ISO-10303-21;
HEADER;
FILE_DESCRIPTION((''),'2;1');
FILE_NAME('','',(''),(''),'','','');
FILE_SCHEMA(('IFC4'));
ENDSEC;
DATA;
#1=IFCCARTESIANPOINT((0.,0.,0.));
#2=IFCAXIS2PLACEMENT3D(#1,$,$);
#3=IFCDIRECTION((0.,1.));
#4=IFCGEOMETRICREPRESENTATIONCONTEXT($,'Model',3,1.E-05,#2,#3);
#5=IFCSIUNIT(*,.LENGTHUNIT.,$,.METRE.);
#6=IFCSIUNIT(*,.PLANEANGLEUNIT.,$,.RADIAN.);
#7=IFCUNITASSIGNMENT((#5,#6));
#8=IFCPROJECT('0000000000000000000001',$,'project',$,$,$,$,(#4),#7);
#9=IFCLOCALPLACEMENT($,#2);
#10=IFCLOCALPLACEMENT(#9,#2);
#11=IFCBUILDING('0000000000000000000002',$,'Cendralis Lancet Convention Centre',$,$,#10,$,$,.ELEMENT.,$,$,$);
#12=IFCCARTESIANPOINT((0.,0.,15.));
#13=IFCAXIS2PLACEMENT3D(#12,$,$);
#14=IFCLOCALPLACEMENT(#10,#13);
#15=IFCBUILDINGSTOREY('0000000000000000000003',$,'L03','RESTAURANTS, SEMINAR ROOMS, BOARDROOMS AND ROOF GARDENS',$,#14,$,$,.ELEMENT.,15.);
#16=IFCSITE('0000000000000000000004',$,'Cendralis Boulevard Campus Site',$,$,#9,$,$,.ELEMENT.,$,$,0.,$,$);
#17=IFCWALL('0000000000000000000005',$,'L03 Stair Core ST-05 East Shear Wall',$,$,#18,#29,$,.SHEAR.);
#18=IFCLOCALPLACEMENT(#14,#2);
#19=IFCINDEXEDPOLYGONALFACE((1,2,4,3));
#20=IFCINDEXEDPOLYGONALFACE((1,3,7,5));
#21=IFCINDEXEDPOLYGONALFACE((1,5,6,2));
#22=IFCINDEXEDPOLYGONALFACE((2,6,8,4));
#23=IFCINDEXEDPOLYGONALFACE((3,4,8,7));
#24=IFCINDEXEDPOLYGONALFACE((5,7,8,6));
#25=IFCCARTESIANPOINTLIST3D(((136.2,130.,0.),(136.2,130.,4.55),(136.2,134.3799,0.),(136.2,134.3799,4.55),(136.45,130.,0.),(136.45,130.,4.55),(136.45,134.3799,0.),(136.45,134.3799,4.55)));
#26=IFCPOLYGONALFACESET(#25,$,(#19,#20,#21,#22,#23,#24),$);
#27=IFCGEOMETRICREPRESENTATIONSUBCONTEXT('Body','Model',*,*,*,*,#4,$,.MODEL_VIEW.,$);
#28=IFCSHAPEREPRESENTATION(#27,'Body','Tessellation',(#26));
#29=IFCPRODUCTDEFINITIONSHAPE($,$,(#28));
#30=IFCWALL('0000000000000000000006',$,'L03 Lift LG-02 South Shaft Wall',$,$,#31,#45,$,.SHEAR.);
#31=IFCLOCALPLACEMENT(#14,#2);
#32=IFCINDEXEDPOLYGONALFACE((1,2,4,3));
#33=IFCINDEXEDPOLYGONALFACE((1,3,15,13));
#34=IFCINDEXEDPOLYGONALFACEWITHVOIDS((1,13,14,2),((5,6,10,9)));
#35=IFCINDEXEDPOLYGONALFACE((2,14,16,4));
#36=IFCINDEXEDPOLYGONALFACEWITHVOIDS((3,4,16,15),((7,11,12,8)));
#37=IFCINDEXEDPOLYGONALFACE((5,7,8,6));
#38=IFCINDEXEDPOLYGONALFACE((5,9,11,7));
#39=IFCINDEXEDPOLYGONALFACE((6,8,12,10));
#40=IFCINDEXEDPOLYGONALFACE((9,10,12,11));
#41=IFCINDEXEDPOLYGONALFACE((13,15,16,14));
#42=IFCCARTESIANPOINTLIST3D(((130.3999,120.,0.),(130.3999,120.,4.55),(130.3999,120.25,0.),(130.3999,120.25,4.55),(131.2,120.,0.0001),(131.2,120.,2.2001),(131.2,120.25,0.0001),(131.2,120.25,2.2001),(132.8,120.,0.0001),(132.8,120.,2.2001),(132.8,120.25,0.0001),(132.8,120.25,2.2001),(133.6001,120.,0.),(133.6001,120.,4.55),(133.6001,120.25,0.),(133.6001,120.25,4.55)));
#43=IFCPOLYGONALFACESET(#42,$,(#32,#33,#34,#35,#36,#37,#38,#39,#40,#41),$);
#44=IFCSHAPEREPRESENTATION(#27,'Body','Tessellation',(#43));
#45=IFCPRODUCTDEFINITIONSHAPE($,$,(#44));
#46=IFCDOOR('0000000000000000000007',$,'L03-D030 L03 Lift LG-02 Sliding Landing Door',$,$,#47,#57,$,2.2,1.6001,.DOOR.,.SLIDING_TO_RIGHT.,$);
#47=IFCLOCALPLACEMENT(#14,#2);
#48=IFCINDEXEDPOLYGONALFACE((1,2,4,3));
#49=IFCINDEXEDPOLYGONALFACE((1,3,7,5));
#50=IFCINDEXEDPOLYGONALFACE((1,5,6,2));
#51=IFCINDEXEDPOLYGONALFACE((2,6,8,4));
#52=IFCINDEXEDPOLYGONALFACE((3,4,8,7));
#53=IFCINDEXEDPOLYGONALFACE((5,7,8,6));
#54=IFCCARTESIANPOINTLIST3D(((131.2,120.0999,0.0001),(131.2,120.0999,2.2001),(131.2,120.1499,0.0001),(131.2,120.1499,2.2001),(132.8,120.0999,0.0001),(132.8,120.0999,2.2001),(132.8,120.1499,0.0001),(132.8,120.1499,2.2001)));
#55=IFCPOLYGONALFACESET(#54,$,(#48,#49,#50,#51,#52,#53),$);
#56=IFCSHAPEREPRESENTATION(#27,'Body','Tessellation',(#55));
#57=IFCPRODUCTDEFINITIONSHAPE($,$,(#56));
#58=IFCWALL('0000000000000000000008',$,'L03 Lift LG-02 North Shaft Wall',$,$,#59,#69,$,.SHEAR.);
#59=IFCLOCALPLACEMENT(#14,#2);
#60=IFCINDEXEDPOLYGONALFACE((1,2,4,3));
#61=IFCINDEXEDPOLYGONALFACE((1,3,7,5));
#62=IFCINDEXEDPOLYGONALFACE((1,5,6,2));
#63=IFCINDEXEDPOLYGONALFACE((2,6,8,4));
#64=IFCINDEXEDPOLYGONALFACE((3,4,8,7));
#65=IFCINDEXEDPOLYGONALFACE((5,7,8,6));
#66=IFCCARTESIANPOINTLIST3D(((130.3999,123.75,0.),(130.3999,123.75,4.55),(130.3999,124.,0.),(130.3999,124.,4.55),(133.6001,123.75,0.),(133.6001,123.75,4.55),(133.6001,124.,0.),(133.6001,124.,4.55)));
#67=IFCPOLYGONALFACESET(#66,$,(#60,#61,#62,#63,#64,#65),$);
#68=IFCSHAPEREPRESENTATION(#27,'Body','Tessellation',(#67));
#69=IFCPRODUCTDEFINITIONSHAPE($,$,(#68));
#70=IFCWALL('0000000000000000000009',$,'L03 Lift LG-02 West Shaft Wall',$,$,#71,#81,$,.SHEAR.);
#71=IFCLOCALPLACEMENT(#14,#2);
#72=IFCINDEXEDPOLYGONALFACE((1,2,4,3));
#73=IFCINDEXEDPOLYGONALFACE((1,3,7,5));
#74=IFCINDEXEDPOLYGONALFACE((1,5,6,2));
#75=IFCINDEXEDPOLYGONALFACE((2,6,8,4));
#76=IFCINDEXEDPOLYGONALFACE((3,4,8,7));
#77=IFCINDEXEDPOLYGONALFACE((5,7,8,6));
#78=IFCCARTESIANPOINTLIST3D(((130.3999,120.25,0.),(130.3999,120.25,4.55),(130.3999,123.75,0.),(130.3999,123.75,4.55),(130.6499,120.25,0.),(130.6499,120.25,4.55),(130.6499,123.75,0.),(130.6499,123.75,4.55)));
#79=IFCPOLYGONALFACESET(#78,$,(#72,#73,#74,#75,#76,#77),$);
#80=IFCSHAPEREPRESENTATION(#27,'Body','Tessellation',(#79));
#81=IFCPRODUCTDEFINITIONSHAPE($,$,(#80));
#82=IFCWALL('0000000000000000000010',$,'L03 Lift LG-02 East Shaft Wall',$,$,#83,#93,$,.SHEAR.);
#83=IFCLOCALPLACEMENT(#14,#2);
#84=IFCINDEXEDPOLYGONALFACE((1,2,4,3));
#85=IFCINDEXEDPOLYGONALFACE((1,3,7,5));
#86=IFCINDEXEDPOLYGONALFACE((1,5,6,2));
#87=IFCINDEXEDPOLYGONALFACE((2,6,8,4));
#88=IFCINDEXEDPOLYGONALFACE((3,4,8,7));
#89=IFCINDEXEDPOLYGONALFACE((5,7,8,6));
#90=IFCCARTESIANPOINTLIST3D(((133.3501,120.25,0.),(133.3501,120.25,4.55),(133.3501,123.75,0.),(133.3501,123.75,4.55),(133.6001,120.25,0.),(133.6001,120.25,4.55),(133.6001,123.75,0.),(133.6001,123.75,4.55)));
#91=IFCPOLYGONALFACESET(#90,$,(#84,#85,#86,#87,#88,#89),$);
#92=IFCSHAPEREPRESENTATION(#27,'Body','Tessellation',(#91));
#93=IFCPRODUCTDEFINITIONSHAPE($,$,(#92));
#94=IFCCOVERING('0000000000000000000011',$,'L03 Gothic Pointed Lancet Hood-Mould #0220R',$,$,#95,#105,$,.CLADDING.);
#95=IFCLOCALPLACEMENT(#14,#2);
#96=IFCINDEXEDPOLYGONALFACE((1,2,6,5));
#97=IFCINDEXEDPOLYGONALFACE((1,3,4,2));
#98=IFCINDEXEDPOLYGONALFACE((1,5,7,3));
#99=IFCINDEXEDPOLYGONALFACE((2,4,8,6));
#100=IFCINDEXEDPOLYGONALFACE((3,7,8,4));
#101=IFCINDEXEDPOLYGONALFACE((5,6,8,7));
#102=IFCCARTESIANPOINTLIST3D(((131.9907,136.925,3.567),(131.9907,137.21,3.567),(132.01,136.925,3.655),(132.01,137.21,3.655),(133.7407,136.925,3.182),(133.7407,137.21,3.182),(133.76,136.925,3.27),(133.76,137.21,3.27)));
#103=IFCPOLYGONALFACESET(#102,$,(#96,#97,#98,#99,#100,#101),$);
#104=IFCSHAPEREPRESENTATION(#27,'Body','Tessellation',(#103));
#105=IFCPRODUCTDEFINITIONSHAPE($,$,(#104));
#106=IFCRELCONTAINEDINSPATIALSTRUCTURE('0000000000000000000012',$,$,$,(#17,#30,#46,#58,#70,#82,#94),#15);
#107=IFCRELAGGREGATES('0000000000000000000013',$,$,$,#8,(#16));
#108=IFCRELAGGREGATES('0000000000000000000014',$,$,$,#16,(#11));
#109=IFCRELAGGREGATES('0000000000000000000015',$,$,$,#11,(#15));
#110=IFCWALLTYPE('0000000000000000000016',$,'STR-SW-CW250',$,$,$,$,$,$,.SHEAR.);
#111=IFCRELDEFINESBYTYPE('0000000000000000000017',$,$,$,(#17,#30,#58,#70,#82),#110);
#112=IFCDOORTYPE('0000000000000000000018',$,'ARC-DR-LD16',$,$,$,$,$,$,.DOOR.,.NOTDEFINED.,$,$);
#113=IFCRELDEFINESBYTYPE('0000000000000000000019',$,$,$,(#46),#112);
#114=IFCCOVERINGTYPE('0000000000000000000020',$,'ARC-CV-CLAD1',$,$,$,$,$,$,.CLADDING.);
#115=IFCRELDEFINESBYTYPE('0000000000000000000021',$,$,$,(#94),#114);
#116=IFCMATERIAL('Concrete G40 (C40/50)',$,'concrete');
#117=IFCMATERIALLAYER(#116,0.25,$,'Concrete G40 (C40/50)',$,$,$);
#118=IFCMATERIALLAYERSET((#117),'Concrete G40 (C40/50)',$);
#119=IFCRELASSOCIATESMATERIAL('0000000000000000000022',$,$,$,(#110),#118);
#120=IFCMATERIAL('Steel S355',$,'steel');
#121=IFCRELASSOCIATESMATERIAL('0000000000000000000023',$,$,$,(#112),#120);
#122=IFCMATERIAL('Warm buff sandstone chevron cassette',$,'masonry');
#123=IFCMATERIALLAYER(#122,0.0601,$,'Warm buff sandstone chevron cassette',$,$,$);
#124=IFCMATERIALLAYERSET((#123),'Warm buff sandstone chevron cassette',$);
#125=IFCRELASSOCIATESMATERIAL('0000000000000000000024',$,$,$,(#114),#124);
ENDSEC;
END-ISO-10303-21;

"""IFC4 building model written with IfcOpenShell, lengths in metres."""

from ifc_helpers import new_model, si_unit, direction, frame, frame_2d, origin, place, context, subcontext, project, spatial, polyline, rectangle, outline, extrude, material, layer, layer_set, type_object, element, fill, save


model = new_model("IFC4")

# Units and contexts
model_context = context("Model", 3, precision=1e-05, world=origin(), true_north=direction((0.0, 1.0)))
body_context = subcontext(model_context, "Body", "Model", "MODEL_VIEW")
ifc_project = project(units=[si_unit("LENGTHUNIT", "METRE"), si_unit("PLANEANGLEUNIT", "RADIAN")], contexts=[model_context])

# Site, building, storey
site_placement = place(None, origin())
site = spatial("IfcSite", under=ifc_project, at=site_placement, Name="Cendralis Boulevard Campus Site", CompositionType="ELEMENT", RefElevation=0.0)
building_placement = place(site_placement, origin())
building = spatial("IfcBuilding", under=site, at=building_placement, Name="Cendralis Lancet Convention Centre", CompositionType="ELEMENT")
storey_placement = place(building_placement, frame((0.0, 0.0, 15.0)))
storey = spatial("IfcBuildingStorey", under=building, at=storey_placement, Name="L03", Description="RESTAURANTS, SEMINAR ROOMS, BOARDROOMS AND ROOF GARDENS", CompositionType="ELEMENT", Elevation=15.0)

# Shared definitions
ifc_material_1 = material(Name="Steel S355", Category="steel")

# Shared definitions
ifc_material_2 = material(Name="Concrete G40 (C40/50)", Category="concrete")

# Wall
ifc_layer_1 = layer(ifc_material_2, 0.25, Name="Concrete G40 (C40/50)")
ifc_layer_set_1 = layer_set([ifc_layer_1], Name="Concrete G40 (C40/50)")
wall_type_1 = type_object("IfcWallType", Name="STR-SW-CW250", PredefinedType="SHEAR", material=ifc_layer_set_1)
wall_1_placement = place(storey_placement, frame((136.325, 130.0, 0.0), z_axis=(0.0, 0.0, 1.0), x_axis=(0.0, 1.0, 0.0)))
element("IfcWall", 1, at=wall_1_placement, inside=storey, type_object=wall_type_1, Name="L03 Stair Core ST-05 East Shear Wall", PredefinedType="SHEAR", context=body_context, shape_type="SweptSolid", body=[
    extrude(rectangle(XDim=4.3799, YDim=0.25, at=frame_2d((2.1899, 0.0))), origin(), (0.0, 0.0, 1.0), 4.55),
])

# Wall, opening, door
wall_2_placement = place(storey_placement, frame((130.3999, 120.125, 0.0), z_axis=(0.0, 0.0, 1.0), x_axis=(1.0, 0.0, 0.0)))
wall_2 = element("IfcWall", 2, at=wall_2_placement, inside=storey, type_object=wall_type_1, Name="L03 Lift LG-02 South Shaft Wall", PredefinedType="SHEAR", context=body_context, shape_type="SweptSolid", body=[
    extrude(rectangle(XDim=3.2002, YDim=0.25, at=frame_2d((1.6001, 0.0))), origin(), (0.0, 0.0, 1.0), 4.55),
])
opening_1_placement = place(wall_2_placement, frame((0.8, 0.0, 0.0)))
opening_1 = element("IfcOpeningElement", 3, at=opening_1_placement, cuts=wall_2, PredefinedType="OPENING", context=body_context, shape_type="SweptSolid", body=[
    extrude(rectangle(XDim=1.6001, YDim=2.2, at=frame_2d((0.8, 1.1001))), frame((0.0, 0.135, 0.0), z_axis=(0.0, -1.0, 0.0), x_axis=(1.0, 0.0, 0.0)), (0.0, 0.0, 1.0), 0.27),
])
door_type_1 = type_object("IfcDoorType", Name="ARC-DR-LD16", OperationType="NOTDEFINED", PredefinedType="DOOR", material=ifc_material_1)
door_1_placement = place(opening_1_placement, origin())
door_1 = element("IfcDoor", 4, at=door_1_placement, inside=storey, type_object=door_type_1, Name="L03-D030 L03 Lift LG-02 Sliding Landing Door", OperationType="SLIDING_TO_RIGHT", OverallHeight=2.2, OverallWidth=1.6001, PredefinedType="DOOR", context=body_context, shape_type="SweptSolid", body=[
    extrude(rectangle(XDim=1.6001, YDim=2.2, at=frame_2d((0.8, 1.1001))), frame((0.0, 0.0249, 0.0), z_axis=(0.0, -1.0, 0.0), x_axis=(1.0, 0.0, 0.0)), (0.0, 0.0, 1.0), 0.05),
])
fill(opening_1, door_1)

# Walls
wall_3_placement = place(storey_placement, frame((130.3999, 123.875, 0.0), z_axis=(0.0, 0.0, 1.0), x_axis=(1.0, 0.0, 0.0)))
element("IfcWall", 5, at=wall_3_placement, inside=storey, type_object=wall_type_1, Name="L03 Lift LG-02 North Shaft Wall", PredefinedType="SHEAR", context=body_context, shape_type="SweptSolid", body=[
    extrude(rectangle(XDim=3.2002, YDim=0.25, at=frame_2d((1.6001, 0.0))), origin(), (0.0, 0.0, 1.0), 4.55),
])
for number, where, z_axis, x_axis, name in (
    (6, (130.5249, 120.25, 0.0), (0.0, 0.0, 1.0), (0.0, 1.0, 0.0), "L03 Lift LG-02 West Shaft Wall"),
    (7, (133.4751, 120.25, 0.0), (0.0, 0.0, 1.0), (0.0, 1.0, 0.0), "L03 Lift LG-02 East Shaft Wall"),
):
    element("IfcWall", number, at=place(storey_placement, frame(where, z_axis=z_axis, x_axis=x_axis)), inside=storey, type_object=wall_type_1, Name=name, PredefinedType="SHEAR", context=body_context, shape_type="SweptSolid", body=[
        extrude(rectangle(XDim=3.5, YDim=0.25, at=frame_2d((1.75, 0.0))), origin(), (0.0, 0.0, 1.0), 4.55),
    ])

# Covering
ifc_material_3 = material(Name="Warm buff sandstone chevron cassette", Category="masonry")
ifc_layer_2 = layer(ifc_material_3, 0.0601, Name="Warm buff sandstone chevron cassette")
ifc_layer_set_2 = layer_set([ifc_layer_2], Name="Warm buff sandstone chevron cassette")
covering_type = type_object("IfcCoveringType", Name="ARC-CV-CLAD1", PredefinedType="CLADDING", material=ifc_layer_set_2)
covering_placement = place(storey_placement, frame((132.01, 137.21, 3.655), z_axis=(0.214867, 0.0, 0.976643), x_axis=(0.0, -1.0, 0.0)))
element("IfcCovering", 8, at=covering_placement, inside=storey, type_object=covering_type, Name="L03 Gothic Pointed Lancet Hood-Mould #0220R", PredefinedType="CLADDING", context=body_context, shape_type="SweptSolid", body=[
    extrude(outline(polyline([(0.0, 0.0), (0.2849, 0.0), (0.2849, 1.7919), (0.0, 1.7919), (0.0, 0.0)])), origin(), (0.0, 0.0, -1.0), 0.0901),
])

save(model, "model.ifc")
